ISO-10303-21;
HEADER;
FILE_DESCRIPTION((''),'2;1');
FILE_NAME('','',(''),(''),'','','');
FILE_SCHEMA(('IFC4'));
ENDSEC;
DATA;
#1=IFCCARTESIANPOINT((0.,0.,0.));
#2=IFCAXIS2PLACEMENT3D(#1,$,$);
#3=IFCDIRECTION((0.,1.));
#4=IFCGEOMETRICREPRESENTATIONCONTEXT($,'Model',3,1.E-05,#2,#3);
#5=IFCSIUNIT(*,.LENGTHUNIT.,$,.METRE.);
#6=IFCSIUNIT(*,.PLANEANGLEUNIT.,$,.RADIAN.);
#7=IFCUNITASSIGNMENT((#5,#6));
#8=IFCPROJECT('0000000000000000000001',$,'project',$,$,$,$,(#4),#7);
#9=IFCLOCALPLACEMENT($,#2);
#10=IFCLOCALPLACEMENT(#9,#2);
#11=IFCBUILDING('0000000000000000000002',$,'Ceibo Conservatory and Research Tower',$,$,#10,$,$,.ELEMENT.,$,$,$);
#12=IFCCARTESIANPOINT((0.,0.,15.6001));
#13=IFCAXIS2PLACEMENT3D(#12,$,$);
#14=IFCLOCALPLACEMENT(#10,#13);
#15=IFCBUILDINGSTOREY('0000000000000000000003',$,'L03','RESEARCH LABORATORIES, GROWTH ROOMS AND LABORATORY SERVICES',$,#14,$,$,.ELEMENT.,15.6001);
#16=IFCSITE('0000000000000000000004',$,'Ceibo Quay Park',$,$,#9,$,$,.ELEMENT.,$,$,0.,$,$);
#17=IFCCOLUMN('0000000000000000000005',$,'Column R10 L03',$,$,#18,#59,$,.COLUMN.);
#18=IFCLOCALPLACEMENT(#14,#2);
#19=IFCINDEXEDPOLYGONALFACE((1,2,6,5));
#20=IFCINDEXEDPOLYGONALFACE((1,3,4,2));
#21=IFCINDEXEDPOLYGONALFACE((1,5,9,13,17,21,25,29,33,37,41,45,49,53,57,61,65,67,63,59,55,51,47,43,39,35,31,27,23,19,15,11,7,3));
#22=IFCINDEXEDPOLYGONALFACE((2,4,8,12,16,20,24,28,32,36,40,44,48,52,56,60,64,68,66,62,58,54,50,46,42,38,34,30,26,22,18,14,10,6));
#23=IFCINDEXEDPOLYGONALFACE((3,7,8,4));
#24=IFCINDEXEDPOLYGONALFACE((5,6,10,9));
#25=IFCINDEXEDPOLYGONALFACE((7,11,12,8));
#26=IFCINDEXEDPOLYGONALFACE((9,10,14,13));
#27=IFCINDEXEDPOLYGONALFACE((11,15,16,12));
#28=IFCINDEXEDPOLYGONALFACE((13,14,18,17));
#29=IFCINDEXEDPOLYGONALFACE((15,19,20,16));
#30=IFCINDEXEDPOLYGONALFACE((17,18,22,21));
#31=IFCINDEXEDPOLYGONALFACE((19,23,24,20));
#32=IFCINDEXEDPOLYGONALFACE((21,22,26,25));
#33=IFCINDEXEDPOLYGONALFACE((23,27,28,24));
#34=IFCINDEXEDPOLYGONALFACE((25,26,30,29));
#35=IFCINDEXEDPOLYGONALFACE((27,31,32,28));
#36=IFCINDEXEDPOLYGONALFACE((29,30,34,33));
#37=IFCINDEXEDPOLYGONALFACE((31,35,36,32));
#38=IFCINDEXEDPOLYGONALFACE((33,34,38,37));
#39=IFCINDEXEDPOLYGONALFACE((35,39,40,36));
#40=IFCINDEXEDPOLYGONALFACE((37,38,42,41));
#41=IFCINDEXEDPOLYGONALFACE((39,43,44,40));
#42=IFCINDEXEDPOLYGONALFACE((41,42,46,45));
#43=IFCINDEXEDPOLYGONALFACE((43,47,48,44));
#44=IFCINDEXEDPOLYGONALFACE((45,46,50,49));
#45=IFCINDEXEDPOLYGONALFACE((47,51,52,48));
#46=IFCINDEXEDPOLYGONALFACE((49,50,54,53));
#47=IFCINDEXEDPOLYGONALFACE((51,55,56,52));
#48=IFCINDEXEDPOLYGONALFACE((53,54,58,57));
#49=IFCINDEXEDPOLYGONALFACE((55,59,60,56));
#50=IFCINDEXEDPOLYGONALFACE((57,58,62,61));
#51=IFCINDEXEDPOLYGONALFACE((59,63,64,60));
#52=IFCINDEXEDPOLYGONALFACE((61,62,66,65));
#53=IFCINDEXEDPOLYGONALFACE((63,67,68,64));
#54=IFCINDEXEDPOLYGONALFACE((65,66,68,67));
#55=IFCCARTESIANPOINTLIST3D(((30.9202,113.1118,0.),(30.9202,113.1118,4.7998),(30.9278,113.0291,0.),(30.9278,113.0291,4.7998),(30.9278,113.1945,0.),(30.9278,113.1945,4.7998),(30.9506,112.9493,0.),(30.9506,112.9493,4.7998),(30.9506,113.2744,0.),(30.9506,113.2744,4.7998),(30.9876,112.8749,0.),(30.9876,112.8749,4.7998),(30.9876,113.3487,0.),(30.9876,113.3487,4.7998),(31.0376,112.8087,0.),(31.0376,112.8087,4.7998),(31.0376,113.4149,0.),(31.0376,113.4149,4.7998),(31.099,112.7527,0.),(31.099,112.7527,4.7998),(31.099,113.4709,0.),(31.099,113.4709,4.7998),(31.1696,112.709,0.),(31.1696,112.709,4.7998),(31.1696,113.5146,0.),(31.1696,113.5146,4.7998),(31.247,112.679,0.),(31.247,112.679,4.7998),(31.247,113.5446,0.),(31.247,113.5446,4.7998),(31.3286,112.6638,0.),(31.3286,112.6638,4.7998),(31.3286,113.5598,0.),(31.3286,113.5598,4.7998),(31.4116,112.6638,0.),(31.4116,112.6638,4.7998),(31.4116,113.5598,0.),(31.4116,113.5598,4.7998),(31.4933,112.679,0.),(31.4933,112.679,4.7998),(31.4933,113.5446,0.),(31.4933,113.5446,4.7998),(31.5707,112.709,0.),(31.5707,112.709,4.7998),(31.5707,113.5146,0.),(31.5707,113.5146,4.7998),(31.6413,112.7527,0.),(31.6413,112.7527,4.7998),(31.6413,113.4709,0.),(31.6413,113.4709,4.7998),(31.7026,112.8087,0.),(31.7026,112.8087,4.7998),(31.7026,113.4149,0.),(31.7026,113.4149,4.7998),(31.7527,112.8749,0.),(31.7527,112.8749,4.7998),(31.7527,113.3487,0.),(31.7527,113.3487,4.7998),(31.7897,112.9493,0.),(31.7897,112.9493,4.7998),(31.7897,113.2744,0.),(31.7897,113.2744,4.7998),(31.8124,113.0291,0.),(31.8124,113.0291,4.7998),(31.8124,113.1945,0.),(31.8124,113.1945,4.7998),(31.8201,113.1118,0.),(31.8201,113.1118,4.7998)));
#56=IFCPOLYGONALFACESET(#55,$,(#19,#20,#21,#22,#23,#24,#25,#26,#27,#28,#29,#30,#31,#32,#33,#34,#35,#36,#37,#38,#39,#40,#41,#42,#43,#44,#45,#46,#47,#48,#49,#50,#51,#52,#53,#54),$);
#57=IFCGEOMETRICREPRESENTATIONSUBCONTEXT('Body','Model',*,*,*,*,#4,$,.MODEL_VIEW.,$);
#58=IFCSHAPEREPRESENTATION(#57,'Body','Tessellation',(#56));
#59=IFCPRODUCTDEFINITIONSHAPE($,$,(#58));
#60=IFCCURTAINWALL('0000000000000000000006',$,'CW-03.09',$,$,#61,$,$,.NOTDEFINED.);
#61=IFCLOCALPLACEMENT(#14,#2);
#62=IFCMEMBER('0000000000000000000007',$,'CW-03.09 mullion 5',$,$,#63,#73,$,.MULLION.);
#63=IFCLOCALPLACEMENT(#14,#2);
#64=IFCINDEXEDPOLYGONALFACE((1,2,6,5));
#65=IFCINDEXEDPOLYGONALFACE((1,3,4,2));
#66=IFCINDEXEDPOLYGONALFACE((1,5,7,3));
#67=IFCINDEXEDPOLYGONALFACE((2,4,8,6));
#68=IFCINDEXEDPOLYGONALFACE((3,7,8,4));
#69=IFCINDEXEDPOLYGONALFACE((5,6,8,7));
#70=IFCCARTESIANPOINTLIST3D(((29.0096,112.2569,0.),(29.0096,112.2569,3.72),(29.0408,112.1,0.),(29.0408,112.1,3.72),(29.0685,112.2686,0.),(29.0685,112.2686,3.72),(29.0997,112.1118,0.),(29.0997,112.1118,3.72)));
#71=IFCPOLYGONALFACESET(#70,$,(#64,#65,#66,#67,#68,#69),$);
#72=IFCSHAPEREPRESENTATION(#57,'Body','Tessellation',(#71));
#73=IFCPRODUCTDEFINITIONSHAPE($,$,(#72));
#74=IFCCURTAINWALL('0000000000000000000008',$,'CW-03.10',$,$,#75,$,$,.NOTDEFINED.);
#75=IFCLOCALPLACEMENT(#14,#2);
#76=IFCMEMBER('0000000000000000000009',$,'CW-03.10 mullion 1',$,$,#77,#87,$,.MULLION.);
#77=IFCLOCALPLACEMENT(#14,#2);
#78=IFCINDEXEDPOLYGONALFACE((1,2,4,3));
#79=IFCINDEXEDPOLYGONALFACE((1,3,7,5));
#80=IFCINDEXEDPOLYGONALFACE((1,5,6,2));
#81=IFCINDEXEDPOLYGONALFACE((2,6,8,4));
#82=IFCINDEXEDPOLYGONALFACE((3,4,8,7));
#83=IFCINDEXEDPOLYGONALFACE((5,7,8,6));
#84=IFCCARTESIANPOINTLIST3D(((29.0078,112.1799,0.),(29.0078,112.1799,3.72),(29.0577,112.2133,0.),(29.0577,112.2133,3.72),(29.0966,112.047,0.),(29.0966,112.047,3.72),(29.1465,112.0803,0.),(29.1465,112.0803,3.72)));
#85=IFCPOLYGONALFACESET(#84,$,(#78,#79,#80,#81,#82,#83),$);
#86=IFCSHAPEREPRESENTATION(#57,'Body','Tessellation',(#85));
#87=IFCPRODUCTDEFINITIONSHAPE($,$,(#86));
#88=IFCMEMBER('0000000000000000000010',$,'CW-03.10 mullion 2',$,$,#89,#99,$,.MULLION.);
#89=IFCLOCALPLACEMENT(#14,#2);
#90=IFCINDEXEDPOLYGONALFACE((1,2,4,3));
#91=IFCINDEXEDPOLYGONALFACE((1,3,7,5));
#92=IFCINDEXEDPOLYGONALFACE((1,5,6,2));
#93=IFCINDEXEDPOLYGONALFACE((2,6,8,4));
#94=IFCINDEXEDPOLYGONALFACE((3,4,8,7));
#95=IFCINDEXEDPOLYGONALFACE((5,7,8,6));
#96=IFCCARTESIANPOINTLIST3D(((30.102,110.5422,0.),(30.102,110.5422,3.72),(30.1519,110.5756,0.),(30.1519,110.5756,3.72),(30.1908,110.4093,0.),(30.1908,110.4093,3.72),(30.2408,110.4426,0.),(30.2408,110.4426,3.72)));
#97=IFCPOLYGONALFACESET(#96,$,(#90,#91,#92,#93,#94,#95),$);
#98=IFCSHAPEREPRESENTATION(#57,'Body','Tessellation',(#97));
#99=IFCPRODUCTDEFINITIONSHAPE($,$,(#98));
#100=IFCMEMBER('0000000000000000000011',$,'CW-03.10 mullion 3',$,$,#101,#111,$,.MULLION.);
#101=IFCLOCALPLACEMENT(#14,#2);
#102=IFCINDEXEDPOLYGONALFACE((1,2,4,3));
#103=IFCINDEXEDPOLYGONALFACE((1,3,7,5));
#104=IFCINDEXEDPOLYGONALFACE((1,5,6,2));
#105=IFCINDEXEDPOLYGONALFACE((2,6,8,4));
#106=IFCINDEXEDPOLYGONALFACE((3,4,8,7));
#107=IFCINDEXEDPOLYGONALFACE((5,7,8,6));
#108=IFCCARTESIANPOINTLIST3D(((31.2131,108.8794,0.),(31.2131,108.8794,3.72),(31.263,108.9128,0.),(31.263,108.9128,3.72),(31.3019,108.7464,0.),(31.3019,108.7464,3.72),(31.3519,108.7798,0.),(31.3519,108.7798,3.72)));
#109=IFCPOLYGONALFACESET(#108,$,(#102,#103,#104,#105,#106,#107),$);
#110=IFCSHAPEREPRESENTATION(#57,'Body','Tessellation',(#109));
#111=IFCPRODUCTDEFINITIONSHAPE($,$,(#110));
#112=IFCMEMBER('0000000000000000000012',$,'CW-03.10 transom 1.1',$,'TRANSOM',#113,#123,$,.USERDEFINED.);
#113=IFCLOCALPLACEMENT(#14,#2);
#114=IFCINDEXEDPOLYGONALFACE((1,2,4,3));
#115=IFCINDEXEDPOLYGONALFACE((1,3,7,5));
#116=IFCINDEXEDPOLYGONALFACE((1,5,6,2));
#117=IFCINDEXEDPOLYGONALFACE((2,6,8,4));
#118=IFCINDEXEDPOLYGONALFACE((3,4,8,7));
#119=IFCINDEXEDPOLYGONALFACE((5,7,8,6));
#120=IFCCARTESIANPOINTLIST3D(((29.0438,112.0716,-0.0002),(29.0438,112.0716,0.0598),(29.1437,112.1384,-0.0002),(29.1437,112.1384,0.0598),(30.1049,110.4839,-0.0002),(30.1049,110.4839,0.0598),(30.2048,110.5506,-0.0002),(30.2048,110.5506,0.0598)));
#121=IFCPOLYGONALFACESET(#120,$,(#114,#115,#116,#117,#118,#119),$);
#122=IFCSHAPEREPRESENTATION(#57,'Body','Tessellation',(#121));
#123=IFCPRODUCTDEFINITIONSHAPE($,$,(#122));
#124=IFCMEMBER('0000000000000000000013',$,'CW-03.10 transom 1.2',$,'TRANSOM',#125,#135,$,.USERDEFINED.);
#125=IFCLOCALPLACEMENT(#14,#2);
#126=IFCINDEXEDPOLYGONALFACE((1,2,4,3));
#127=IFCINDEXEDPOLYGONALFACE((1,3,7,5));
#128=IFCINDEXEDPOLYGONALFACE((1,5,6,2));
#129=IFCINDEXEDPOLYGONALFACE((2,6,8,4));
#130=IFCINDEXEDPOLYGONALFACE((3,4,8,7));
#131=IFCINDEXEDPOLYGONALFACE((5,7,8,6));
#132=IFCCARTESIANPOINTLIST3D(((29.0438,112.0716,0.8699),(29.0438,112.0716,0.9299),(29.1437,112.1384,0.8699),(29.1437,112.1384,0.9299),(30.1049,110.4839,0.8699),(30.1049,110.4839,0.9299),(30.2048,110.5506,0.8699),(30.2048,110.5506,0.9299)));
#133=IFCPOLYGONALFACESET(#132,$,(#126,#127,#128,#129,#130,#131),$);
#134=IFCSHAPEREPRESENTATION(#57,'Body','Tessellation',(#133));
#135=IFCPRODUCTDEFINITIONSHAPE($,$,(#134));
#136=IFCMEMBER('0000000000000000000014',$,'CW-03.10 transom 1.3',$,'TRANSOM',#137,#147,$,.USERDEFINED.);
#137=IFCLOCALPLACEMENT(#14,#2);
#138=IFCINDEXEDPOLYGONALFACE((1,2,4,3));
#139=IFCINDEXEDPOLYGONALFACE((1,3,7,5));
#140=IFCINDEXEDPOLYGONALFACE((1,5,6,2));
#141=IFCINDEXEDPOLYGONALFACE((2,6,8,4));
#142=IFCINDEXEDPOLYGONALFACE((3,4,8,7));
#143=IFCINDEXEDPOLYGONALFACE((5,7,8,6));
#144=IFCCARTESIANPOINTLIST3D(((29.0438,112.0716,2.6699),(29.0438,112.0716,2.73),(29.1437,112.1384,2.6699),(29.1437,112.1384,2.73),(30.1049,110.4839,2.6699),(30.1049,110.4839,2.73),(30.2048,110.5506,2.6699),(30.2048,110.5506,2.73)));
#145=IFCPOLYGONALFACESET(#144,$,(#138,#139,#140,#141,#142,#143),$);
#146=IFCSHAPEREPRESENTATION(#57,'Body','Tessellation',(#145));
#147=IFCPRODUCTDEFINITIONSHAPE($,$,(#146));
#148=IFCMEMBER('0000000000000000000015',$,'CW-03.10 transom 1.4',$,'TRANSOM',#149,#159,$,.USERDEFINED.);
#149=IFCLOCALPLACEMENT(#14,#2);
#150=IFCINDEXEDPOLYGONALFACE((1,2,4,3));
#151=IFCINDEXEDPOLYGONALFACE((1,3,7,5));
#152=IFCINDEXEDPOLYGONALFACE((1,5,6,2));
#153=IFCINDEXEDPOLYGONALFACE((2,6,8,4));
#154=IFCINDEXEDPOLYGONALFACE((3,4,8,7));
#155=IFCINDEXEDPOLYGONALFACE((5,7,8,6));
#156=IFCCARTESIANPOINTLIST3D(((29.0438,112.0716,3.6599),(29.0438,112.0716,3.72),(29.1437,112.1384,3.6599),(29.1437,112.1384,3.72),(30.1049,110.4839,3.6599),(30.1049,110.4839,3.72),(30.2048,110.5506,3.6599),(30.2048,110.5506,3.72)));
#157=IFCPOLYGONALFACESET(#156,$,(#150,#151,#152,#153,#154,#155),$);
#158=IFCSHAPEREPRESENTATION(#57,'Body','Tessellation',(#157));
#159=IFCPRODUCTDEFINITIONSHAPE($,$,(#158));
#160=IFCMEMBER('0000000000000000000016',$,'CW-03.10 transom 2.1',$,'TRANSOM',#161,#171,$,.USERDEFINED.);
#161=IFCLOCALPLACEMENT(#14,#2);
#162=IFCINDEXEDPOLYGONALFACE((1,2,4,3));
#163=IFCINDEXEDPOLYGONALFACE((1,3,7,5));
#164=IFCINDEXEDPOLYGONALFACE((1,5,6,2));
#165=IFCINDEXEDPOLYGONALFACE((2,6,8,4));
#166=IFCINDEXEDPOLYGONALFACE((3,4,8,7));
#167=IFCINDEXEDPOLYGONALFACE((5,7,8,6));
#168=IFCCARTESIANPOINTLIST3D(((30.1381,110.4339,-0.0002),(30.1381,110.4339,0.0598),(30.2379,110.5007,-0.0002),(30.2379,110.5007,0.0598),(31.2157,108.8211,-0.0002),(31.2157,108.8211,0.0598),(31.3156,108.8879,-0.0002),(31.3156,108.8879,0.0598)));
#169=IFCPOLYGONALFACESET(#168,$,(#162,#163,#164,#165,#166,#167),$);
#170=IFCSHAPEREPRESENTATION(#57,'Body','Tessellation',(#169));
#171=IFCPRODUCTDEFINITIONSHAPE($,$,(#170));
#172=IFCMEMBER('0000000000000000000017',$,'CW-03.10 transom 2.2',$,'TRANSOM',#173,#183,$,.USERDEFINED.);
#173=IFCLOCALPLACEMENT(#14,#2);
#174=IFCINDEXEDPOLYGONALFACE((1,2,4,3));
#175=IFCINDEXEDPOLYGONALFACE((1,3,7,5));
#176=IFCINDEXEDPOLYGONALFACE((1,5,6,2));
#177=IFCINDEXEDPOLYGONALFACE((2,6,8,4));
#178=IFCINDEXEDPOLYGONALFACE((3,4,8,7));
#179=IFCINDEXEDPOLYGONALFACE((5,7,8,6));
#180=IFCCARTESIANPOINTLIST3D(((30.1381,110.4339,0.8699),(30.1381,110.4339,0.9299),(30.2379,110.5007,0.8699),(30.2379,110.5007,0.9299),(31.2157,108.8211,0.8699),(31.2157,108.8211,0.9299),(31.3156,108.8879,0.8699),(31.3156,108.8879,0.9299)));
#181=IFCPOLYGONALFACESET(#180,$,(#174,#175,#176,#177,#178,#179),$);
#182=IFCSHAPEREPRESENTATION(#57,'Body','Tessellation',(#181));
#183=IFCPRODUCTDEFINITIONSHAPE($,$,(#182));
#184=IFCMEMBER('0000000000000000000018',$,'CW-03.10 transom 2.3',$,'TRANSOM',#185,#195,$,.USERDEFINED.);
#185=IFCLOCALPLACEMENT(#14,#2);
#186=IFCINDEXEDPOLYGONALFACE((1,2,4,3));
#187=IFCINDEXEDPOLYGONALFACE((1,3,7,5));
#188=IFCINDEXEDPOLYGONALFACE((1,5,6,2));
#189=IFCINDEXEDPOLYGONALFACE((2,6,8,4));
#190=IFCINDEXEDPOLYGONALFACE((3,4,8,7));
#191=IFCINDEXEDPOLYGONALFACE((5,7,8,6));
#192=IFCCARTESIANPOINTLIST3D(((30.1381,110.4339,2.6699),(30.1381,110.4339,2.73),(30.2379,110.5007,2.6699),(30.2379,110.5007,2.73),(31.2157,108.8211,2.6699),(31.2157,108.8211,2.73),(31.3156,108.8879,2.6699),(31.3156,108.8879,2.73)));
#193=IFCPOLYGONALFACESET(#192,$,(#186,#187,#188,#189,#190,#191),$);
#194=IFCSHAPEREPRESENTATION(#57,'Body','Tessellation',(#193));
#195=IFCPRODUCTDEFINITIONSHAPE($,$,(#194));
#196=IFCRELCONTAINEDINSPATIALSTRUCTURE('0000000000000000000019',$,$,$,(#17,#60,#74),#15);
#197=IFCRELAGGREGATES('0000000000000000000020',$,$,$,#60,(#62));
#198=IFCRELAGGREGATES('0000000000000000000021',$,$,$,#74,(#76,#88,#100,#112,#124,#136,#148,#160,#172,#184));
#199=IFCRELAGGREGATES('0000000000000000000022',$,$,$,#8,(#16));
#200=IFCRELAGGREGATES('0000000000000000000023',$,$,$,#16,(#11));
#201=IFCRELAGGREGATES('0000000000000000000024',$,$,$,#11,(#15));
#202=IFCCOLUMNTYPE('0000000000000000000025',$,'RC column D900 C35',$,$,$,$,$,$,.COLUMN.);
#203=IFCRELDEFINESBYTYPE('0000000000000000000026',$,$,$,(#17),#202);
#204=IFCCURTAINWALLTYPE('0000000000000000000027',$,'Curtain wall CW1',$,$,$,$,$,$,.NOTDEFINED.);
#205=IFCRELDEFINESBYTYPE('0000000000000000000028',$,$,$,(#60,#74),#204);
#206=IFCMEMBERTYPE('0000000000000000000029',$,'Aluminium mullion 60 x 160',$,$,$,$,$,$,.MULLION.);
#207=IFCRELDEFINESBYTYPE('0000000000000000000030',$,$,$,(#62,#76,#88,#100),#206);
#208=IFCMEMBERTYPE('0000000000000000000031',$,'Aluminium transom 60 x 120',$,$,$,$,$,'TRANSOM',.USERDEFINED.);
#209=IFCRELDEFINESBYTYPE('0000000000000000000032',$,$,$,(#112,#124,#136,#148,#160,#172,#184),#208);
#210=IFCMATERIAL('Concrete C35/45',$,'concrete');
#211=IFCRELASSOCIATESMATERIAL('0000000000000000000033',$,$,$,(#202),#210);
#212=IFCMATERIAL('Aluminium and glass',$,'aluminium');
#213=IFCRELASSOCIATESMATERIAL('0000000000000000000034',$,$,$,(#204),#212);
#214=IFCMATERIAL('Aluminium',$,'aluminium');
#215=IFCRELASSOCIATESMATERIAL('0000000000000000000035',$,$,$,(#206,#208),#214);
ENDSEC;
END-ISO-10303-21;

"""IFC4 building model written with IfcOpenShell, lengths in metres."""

from ifc_helpers import new_model, si_unit, direction, frame, origin, origin_2d, place, context, subcontext, project, spatial, rectangle, circle, extrude, material, material_profile, profile_set, type_object, element, aggregate, save


model = new_model("IFC4")

# Units and contexts
model_context = context("Model", 3, precision=1e-05, world=origin(), true_north=direction((0.0, 1.0)))
body_context = subcontext(model_context, "Body", "Model", "MODEL_VIEW")
ifc_project = project(units=[si_unit("LENGTHUNIT", "METRE"), si_unit("PLANEANGLEUNIT", "RADIAN")], contexts=[model_context])

# Site, building, storey
site_placement = place(None, origin())
site = spatial("IfcSite", under=ifc_project, at=site_placement, Name="Ceibo Quay Park", CompositionType="ELEMENT", RefElevation=0.0)
building_placement = place(site_placement, origin())
building = spatial("IfcBuilding", under=site, at=building_placement, Name="Ceibo Conservatory and Research Tower", CompositionType="ELEMENT")
storey_placement = place(building_placement, frame((0.0, 0.0, 15.6001)))
storey = spatial("IfcBuildingStorey", under=building, at=storey_placement, Name="L03", Description="RESEARCH LABORATORIES, GROWTH ROOMS AND LABORATORY SERVICES", CompositionType="ELEMENT", Elevation=15.6001)

# Column
ifc_material_1 = material(Name="Concrete C35/45", Category="concrete")
ifc_material_profile_1 = material_profile(ifc_material_1, circle(Radius=0.45, at=origin_2d()), Name="RC D900")
ifc_profile_set_1 = profile_set([ifc_material_profile_1], Name="Concrete C35/45")
column_type = type_object("IfcColumnType", Name="RC column D900 C35", PredefinedType="COLUMN", material=ifc_profile_set_1)
column_placement = place(storey_placement, frame((31.3701, 113.1118, 0.0), z_axis=(0.0, 0.0, 1.0), x_axis=(1.0, 0.0, 0.0)))
element("IfcColumn", 1, at=column_placement, inside=storey, type_object=column_type, Name="Column R10 L03", PredefinedType="COLUMN", context=body_context, shape_type="SweptSolid", body=[
    extrude(circle(Radius=0.45, at=origin_2d()), origin(), (0.0, 0.0, 1.0), 4.7998),
])

# Curtain wall, member
ifc_material_2 = material(Name="Aluminium and glass", Category="aluminium")
curtain_wall_type = type_object("IfcCurtainWallType", Name="Curtain wall CW1", PredefinedType="NOTDEFINED", material=ifc_material_2)
curtain_wall_1_placement = place(storey_placement, origin())
curtain_wall_1 = element("IfcCurtainWall", 2, at=curtain_wall_1_placement, inside=storey, type_object=curtain_wall_type, Name="CW-03.09", PredefinedType="NOTDEFINED")
ifc_material_3 = material(Name="Aluminium", Category="aluminium")
ifc_material_profile_2 = material_profile(ifc_material_3, rectangle(XDim=0.0601, YDim=0.1599, at=origin_2d()), Name="Aluminium 60 x 160")
ifc_profile_set_2 = profile_set([ifc_material_profile_2], Name="Aluminium")
member_type_1 = type_object("IfcMemberType", Name="Aluminium mullion 60 x 160", PredefinedType="MULLION", material=ifc_profile_set_2)
member_1_placement = place(storey_placement, frame((29.0547, 112.1843, 0.0), z_axis=(0.0, 0.0, 1.0), x_axis=(0.980785, 0.19509, 0.0)))
member_1 = element("IfcMember", 3, at=member_1_placement, type_object=member_type_1, Name="CW-03.09 mullion 5", PredefinedType="MULLION", context=body_context, shape_type="SweptSolid", body=[
    extrude(rectangle(XDim=0.0601, YDim=0.1599, at=origin_2d()), origin(), (0.0, 0.0, 1.0), 3.72),
])
aggregate(curtain_wall_1, [member_1])

# Curtain wall, members
curtain_wall_2_placement = place(storey_placement, origin())
curtain_wall_2 = element("IfcCurtainWall", 4, at=curtain_wall_2_placement, inside=storey, type_object=curtain_wall_type, Name="CW-03.10", PredefinedType="NOTDEFINED")
member_2_placement = place(storey_placement, frame((29.0771, 112.1301, 0.0), z_axis=(0.0, 0.0, 1.0), x_axis=(0.83147, 0.55557, 0.0)))
member_2 = element("IfcMember", 5, at=member_2_placement, type_object=member_type_1, Name="CW-03.10 mullion 1", PredefinedType="MULLION", context=body_context, shape_type="SweptSolid", body=[
    extrude(rectangle(XDim=0.0601, YDim=0.1599, at=origin_2d()), origin(), (0.0, 0.0, 1.0), 3.72),
])
member_3_placement = place(storey_placement, frame((30.1714, 110.4924, 0.0), z_axis=(0.0, 0.0, 1.0), x_axis=(0.83147, 0.55557, 0.0)))
member_3 = element("IfcMember", 6, at=member_3_placement, type_object=member_type_1, Name="CW-03.10 mullion 2", PredefinedType="MULLION", context=body_context, shape_type="SweptSolid", body=[
    extrude(rectangle(XDim=0.0601, YDim=0.1599, at=origin_2d()), origin(), (0.0, 0.0, 1.0), 3.72),
])
member_4_placement = place(storey_placement, frame((31.2825, 108.8296, 0.0), z_axis=(0.0, 0.0, 1.0), x_axis=(0.83147, 0.55557, 0.0)))
member_4 = element("IfcMember", 7, at=member_4_placement, type_object=member_type_1, Name="CW-03.10 mullion 3", PredefinedType="MULLION", context=body_context, shape_type="SweptSolid", body=[
    extrude(rectangle(XDim=0.0601, YDim=0.1599, at=origin_2d()), origin(), (0.0, 0.0, 1.0), 3.72),
])
ifc_material_profile_3 = material_profile(ifc_material_3, rectangle(XDim=0.1201, YDim=0.0601, at=origin_2d()), Name="Aluminium 60 x 120")
ifc_profile_set_3 = profile_set([ifc_material_profile_3], Name="Aluminium")
member_type_2 = type_object("IfcMemberType", Name="Aluminium transom 60 x 120", ElementType="TRANSOM", PredefinedType="USERDEFINED", material=ifc_profile_set_3)
member_5_placement = place(storey_placement, frame((29.0938, 112.105, 0.0298), z_axis=(0.555644, -0.83142, 0.0), x_axis=(0.83142, 0.555644, 0.0)))
member_5 = element("IfcMember", 8, at=member_5_placement, type_object=member_type_2, Name="CW-03.10 transom 1.1", ObjectType="TRANSOM", PredefinedType="USERDEFINED", context=body_context, shape_type="SweptSolid", body=[
    extrude(rectangle(XDim=0.1201, YDim=0.0601, at=origin_2d()), origin(), (0.0, 0.0, 1.0), 1.9097),
])
member_6_placement = place(storey_placement, frame((29.0938, 112.105, 0.8999), z_axis=(0.555644, -0.83142, 0.0), x_axis=(0.83142, 0.555644, 0.0)))
member_6 = element("IfcMember", 9, at=member_6_placement, type_object=member_type_2, Name="CW-03.10 transom 1.2", ObjectType="TRANSOM", PredefinedType="USERDEFINED", context=body_context, shape_type="SweptSolid", body=[
    extrude(rectangle(XDim=0.1201, YDim=0.0601, at=origin_2d()), origin(), (0.0, 0.0, 1.0), 1.9097),
])
member_7_placement = place(storey_placement, frame((29.0938, 112.105, 2.7), z_axis=(0.555644, -0.83142, 0.0), x_axis=(0.83142, 0.555644, 0.0)))
member_7 = element("IfcMember", 10, at=member_7_placement, type_object=member_type_2, Name="CW-03.10 transom 1.3", ObjectType="TRANSOM", PredefinedType="USERDEFINED", context=body_context, shape_type="SweptSolid", body=[
    extrude(rectangle(XDim=0.1201, YDim=0.0601, at=origin_2d()), origin(), (0.0, 0.0, 1.0), 1.9097),
])
member_8_placement = place(storey_placement, frame((29.0938, 112.105, 3.6899), z_axis=(0.555644, -0.83142, 0.0), x_axis=(0.83142, 0.555644, 0.0)))
member_8 = element("IfcMember", 11, at=member_8_placement, type_object=member_type_2, Name="CW-03.10 transom 1.4", ObjectType="TRANSOM", PredefinedType="USERDEFINED", context=body_context, shape_type="SweptSolid", body=[
    extrude(rectangle(XDim=0.1201, YDim=0.0601, at=origin_2d()), origin(), (0.0, 0.0, 1.0), 1.9097),
])
member_9_placement = place(storey_placement, frame((30.188, 110.4673, 0.0298), z_axis=(0.555571, -0.831469, 0.0), x_axis=(0.831469, 0.555571, 0.0)))
member_9 = element("IfcMember", 12, at=member_9_placement, type_object=member_type_2, Name="CW-03.10 transom 2.1", ObjectType="TRANSOM", PredefinedType="USERDEFINED", context=body_context, shape_type="SweptSolid", body=[
    extrude(rectangle(XDim=0.1201, YDim=0.0601, at=origin_2d()), origin(), (0.0, 0.0, 1.0), 1.9397),
])
member_10_placement = place(storey_placement, frame((30.188, 110.4673, 0.8999), z_axis=(0.555571, -0.831469, 0.0), x_axis=(0.831469, 0.555571, 0.0)))
member_10 = element("IfcMember", 13, at=member_10_placement, type_object=member_type_2, Name="CW-03.10 transom 2.2", ObjectType="TRANSOM", PredefinedType="USERDEFINED", context=body_context, shape_type="SweptSolid", body=[
    extrude(rectangle(XDim=0.1201, YDim=0.0601, at=origin_2d()), origin(), (0.0, 0.0, 1.0), 1.9397),
])
member_11_placement = place(storey_placement, frame((30.188, 110.4673, 2.7), z_axis=(0.555571, -0.831469, 0.0), x_axis=(0.831469, 0.555571, 0.0)))
member_11 = element("IfcMember", 14, at=member_11_placement, type_object=member_type_2, Name="CW-03.10 transom 2.3", ObjectType="TRANSOM", PredefinedType="USERDEFINED", context=body_context, shape_type="SweptSolid", body=[
    extrude(rectangle(XDim=0.1201, YDim=0.0601, at=origin_2d()), origin(), (0.0, 0.0, 1.0), 1.9397),
])

aggregate(curtain_wall_2, [member_2, member_3, member_4, member_5, member_6, member_7, member_8, member_9, member_10, member_11])

save(model, "model.ifc")
